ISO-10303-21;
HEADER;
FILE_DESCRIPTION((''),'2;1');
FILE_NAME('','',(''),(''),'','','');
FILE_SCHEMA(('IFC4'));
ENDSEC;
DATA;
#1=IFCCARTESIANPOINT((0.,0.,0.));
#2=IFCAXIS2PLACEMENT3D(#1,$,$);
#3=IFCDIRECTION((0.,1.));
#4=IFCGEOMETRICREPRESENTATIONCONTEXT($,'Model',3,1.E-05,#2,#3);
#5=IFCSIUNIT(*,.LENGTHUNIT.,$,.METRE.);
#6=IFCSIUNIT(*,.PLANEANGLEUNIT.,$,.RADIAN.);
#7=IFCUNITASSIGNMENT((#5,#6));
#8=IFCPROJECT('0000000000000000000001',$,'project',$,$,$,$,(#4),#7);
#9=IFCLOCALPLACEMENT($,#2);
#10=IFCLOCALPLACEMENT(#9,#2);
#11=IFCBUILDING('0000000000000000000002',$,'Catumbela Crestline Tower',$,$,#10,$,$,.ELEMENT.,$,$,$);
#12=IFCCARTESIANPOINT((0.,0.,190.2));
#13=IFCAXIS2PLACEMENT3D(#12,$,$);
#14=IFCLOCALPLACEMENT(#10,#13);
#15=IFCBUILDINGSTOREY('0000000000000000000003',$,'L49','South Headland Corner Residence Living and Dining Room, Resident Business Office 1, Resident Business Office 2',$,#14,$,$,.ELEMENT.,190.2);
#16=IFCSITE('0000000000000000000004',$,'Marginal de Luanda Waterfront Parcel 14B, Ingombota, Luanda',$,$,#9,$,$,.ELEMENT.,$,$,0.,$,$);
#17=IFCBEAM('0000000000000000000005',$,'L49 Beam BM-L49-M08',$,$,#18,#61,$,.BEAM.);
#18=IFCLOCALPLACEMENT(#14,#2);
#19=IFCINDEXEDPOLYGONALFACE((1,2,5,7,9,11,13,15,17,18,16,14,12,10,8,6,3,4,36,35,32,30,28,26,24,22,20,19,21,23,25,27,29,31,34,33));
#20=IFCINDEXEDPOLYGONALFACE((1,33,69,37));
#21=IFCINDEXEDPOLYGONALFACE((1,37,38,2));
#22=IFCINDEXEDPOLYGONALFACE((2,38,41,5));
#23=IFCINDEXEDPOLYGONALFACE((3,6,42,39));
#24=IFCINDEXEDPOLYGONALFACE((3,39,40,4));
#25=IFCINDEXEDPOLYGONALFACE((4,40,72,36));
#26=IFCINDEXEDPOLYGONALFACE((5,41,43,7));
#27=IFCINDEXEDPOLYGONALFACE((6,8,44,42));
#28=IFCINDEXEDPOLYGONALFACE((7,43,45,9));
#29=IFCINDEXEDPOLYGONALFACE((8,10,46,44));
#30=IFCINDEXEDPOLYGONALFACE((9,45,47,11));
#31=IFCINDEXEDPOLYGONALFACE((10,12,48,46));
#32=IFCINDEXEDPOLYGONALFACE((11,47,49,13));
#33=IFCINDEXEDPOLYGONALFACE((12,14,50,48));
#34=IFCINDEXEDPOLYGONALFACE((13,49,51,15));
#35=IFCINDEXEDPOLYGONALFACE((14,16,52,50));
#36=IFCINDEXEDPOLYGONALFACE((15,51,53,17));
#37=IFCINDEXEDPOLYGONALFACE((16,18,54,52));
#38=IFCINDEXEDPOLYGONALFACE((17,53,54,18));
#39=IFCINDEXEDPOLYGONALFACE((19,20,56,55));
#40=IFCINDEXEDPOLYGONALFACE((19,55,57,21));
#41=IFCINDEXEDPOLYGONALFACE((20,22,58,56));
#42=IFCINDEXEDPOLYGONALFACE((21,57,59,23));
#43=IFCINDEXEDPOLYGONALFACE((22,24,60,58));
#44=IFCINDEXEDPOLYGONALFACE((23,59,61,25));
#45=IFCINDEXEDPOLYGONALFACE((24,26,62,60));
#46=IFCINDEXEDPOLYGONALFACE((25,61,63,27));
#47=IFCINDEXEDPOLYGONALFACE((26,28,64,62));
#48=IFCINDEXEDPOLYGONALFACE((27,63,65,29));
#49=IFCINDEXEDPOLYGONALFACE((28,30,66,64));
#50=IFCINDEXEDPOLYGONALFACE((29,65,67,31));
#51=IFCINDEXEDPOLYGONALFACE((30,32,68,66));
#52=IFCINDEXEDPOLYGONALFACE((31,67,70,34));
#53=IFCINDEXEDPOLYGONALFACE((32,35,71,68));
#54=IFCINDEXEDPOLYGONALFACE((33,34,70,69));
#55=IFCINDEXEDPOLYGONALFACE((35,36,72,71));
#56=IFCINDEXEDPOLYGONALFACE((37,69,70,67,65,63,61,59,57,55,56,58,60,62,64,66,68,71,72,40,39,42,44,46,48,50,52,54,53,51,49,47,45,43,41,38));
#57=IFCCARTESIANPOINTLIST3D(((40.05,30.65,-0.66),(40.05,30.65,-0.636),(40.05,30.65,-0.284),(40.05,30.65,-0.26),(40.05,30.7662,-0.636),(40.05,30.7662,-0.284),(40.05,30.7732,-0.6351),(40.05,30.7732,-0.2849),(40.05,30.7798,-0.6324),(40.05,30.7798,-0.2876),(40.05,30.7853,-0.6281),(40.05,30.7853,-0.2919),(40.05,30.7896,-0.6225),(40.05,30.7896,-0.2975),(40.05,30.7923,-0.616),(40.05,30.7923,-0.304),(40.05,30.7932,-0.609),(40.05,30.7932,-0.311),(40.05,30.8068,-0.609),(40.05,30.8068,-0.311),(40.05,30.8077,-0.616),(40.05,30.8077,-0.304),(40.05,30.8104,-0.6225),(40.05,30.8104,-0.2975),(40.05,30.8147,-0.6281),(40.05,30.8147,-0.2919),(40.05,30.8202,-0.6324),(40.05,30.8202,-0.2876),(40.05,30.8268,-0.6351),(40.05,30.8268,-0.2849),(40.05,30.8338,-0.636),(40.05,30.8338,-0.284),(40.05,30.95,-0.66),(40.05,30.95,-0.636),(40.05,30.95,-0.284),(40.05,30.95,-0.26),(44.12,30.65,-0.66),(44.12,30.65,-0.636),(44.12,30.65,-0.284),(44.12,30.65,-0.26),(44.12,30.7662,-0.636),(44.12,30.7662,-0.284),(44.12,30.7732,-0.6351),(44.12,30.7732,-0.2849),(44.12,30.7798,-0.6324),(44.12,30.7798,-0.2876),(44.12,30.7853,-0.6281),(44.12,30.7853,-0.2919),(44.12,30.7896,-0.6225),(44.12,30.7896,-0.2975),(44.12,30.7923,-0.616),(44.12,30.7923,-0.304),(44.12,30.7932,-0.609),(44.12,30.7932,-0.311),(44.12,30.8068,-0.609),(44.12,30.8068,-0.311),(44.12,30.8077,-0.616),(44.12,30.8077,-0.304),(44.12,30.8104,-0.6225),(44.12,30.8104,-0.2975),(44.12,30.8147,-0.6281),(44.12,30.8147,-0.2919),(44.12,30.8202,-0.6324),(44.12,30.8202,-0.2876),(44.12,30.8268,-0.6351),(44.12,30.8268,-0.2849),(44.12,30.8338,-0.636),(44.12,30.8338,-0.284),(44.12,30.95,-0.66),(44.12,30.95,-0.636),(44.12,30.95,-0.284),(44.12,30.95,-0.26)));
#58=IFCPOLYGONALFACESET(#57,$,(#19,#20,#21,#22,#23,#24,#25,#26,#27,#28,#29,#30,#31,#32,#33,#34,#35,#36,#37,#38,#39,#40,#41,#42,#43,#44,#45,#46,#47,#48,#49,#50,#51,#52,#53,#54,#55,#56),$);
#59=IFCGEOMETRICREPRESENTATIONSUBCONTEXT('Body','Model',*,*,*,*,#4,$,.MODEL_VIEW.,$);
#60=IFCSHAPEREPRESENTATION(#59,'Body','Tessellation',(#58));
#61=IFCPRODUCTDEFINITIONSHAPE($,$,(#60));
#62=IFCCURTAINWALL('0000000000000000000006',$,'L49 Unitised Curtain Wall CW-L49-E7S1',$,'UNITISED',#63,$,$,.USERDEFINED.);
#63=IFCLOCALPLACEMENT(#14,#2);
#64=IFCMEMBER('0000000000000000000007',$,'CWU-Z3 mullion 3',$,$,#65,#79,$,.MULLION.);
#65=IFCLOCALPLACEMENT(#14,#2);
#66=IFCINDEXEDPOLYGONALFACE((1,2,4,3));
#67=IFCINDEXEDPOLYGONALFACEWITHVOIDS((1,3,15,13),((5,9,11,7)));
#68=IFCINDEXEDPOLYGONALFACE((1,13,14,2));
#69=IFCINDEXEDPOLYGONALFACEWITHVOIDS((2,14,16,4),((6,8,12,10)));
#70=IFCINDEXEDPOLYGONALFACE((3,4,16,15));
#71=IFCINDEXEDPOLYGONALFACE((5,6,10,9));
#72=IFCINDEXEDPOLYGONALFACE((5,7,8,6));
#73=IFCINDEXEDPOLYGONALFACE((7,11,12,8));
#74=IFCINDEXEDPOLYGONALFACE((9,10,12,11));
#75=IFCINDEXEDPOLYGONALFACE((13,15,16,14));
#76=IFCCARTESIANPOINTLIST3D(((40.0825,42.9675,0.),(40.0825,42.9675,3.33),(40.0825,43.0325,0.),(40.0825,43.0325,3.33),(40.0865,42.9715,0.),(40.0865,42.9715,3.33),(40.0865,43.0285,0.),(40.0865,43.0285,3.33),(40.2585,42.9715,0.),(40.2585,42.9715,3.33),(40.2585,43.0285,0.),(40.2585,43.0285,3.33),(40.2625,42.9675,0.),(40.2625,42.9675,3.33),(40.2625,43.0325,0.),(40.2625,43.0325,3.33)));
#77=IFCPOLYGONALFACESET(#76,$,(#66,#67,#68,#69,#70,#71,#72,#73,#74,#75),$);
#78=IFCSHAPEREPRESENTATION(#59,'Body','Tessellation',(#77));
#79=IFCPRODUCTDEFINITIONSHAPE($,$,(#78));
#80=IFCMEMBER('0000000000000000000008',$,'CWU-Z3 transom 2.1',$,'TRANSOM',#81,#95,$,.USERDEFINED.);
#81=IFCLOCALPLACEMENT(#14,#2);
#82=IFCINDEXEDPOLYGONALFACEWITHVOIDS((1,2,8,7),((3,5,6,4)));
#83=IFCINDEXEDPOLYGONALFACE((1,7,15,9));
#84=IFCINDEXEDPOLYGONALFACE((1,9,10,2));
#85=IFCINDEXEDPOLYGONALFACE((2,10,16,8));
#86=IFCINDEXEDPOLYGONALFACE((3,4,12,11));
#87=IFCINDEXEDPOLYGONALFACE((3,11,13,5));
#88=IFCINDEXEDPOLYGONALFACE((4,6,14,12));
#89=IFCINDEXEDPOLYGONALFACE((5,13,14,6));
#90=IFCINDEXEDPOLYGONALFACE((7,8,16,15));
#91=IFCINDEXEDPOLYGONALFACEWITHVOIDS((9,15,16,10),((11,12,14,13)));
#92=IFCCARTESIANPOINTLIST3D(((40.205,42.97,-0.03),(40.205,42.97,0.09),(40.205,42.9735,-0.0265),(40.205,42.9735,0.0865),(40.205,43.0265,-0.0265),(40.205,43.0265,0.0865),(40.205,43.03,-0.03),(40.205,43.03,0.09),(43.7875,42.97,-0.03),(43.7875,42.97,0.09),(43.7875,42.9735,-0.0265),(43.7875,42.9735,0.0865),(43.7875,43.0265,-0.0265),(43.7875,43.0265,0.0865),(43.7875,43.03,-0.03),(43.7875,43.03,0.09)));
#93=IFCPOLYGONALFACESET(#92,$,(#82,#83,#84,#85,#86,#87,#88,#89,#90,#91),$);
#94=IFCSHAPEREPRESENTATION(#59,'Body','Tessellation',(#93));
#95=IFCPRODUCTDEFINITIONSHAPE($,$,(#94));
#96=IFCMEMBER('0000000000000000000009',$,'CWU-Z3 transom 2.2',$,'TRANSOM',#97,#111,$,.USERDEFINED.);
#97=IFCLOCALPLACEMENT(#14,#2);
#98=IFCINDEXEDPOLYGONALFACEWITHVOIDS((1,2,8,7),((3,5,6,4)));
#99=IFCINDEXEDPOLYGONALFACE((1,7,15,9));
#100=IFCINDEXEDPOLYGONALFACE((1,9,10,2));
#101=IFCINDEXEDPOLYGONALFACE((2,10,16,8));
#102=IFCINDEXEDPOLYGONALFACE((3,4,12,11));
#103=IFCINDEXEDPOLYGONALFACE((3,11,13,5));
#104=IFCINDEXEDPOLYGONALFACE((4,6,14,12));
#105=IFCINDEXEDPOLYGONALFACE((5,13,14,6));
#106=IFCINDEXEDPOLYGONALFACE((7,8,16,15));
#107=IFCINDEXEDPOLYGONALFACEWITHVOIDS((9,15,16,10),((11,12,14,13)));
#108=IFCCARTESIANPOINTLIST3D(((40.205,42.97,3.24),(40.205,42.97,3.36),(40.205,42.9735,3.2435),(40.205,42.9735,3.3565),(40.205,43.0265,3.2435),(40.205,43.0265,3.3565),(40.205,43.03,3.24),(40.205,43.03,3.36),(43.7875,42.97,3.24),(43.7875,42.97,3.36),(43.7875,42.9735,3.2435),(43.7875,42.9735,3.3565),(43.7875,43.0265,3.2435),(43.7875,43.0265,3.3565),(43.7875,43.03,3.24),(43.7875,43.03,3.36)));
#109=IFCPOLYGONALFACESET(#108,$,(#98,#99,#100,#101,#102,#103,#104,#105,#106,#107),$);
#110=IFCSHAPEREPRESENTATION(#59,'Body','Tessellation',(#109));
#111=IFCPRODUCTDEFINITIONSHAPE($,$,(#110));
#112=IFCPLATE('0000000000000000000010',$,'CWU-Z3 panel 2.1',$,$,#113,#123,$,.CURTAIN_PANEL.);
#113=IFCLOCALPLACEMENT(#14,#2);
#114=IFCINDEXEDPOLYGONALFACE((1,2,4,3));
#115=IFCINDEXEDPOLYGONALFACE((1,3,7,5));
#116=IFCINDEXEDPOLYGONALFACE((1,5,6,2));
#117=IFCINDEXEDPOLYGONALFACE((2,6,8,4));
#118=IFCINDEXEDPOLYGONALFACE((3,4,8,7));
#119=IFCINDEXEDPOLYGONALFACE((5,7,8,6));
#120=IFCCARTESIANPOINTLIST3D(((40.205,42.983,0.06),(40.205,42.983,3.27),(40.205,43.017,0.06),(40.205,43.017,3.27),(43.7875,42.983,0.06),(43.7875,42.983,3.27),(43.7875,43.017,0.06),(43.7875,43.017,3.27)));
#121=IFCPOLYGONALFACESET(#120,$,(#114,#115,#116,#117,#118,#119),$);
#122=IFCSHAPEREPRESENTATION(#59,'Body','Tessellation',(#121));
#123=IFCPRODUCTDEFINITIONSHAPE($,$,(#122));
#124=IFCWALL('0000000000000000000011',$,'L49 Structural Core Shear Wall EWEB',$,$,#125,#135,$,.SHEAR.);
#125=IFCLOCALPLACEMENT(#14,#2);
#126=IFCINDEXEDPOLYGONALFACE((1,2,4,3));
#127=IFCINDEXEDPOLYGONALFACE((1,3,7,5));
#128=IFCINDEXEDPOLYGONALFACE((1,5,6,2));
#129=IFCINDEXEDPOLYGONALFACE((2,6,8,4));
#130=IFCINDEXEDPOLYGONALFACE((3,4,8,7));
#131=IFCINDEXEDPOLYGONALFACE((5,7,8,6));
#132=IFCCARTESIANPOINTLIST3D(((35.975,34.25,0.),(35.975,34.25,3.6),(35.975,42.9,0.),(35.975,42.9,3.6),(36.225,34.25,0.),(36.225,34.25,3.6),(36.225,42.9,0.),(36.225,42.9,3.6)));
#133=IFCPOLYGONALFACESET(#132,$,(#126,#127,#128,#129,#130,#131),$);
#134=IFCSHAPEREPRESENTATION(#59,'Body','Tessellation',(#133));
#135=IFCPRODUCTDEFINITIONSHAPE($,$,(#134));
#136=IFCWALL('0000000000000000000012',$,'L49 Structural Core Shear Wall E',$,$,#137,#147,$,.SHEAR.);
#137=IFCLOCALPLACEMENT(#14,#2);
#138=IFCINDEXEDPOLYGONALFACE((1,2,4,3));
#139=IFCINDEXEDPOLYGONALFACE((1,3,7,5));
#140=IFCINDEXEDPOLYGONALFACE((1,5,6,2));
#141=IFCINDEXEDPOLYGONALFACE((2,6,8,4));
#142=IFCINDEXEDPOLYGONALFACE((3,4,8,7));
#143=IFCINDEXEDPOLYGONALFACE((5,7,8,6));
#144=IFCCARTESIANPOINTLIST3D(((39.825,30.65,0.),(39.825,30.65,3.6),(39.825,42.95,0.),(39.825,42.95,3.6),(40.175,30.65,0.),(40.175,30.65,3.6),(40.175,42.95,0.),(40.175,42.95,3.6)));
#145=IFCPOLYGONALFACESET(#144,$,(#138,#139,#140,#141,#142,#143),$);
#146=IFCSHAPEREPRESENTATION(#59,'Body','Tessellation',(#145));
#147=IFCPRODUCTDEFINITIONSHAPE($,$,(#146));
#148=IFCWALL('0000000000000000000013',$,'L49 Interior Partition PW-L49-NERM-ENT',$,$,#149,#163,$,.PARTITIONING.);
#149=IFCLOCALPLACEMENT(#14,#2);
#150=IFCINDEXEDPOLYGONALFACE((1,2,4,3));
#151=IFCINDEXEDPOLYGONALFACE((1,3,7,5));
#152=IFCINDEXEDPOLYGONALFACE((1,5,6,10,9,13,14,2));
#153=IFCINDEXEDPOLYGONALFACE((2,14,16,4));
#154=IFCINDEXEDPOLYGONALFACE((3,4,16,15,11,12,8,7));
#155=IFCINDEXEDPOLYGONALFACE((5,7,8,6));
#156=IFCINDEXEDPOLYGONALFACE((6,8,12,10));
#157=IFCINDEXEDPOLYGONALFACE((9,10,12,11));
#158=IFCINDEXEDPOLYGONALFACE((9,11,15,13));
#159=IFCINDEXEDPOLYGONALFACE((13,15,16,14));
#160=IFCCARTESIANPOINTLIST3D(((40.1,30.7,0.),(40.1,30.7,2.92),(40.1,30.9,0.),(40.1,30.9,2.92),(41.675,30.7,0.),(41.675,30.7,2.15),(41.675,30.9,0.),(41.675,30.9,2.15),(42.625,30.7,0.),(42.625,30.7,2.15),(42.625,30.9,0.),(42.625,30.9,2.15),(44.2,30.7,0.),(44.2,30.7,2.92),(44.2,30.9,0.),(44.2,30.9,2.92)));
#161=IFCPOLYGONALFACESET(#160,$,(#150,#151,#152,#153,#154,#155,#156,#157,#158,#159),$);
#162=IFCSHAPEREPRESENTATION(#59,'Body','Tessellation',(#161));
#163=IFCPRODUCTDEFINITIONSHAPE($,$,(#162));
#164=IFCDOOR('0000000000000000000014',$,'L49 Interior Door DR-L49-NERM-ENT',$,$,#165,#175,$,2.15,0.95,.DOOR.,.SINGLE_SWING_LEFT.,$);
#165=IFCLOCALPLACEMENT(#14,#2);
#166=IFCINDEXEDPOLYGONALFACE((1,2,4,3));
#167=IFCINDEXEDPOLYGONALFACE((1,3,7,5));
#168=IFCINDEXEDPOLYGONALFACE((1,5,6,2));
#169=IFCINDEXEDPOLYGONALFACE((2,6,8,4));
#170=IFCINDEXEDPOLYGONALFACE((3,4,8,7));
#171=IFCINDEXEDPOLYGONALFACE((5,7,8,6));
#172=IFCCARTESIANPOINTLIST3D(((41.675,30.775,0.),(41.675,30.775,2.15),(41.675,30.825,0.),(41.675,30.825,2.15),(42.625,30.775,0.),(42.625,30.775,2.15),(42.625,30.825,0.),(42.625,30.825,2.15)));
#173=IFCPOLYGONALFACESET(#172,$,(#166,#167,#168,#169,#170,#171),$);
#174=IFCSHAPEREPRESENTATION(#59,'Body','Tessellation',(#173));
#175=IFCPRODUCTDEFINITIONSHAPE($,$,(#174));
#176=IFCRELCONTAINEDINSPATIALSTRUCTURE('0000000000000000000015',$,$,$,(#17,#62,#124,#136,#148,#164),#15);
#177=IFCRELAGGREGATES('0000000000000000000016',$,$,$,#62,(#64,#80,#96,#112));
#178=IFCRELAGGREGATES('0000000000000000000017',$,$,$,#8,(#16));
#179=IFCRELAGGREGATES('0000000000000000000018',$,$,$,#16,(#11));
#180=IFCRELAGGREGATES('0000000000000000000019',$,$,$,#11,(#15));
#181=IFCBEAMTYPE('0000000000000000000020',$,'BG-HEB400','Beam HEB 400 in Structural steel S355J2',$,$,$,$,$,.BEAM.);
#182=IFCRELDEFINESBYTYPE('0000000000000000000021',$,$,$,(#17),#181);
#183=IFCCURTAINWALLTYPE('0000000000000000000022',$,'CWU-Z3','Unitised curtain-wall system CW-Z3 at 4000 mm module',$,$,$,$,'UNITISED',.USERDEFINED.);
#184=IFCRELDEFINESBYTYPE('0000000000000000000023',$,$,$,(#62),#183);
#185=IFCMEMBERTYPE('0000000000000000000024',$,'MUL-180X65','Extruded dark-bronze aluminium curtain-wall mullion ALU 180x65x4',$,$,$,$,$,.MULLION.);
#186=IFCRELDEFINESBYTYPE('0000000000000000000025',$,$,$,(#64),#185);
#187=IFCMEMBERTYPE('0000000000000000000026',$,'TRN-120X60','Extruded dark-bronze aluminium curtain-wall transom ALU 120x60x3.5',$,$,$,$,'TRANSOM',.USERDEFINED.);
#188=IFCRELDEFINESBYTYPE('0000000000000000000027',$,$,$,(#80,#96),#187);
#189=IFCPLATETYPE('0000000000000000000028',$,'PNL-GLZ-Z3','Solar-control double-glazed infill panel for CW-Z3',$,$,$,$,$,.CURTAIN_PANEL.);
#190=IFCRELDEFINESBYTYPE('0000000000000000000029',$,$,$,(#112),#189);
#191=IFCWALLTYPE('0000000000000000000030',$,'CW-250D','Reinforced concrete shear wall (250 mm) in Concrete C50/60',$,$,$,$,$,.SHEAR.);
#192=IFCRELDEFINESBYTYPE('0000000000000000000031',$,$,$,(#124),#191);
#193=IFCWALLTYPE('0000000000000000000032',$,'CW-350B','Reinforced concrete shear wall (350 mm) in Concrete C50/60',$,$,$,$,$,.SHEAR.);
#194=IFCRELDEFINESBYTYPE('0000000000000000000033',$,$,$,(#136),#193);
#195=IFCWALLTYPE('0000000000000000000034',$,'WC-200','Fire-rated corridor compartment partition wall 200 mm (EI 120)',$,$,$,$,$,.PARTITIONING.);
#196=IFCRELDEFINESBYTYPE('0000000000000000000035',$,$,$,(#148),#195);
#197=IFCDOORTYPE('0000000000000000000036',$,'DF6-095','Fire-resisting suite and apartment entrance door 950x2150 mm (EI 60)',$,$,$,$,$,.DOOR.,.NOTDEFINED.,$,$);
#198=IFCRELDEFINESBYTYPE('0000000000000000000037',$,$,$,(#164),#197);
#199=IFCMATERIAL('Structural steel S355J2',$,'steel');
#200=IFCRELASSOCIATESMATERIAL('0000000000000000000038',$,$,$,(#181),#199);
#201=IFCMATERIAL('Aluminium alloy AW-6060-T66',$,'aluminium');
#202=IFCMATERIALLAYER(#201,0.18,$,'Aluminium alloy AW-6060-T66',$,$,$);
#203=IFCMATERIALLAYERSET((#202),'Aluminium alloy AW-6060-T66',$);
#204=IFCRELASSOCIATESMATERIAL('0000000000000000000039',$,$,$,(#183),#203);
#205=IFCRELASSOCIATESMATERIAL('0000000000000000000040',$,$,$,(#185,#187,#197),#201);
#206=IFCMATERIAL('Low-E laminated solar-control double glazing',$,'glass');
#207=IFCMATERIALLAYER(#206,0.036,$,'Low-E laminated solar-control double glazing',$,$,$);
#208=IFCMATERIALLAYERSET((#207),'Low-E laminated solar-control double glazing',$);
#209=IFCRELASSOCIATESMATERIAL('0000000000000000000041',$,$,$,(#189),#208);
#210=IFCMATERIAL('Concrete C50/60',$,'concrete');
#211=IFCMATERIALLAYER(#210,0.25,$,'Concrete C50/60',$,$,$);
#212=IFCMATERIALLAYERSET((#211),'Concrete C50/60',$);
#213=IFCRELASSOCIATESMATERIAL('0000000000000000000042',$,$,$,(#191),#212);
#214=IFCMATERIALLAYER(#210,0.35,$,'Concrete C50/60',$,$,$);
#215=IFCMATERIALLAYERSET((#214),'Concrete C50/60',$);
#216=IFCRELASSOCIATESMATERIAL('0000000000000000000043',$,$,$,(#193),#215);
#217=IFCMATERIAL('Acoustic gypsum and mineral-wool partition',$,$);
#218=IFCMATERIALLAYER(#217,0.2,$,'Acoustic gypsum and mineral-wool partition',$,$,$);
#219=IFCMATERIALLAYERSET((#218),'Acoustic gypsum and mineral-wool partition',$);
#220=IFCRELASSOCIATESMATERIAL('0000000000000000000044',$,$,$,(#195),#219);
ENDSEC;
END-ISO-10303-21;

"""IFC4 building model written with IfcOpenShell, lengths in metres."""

from ifc_helpers import new_model, si_unit, direction, frame, frame_2d, origin, origin_2d, place, context, subcontext, project, spatial, rectangle, hollow_rectangle, i_section, extrude, material, layer, layer_set, material_profile, profile_set, type_object, element, fill, aggregate, save


model = new_model("IFC4")

# Units and contexts
model_context = context("Model", 3, precision=1e-05, world=origin(), true_north=direction((0.0, 1.0)))
body_context = subcontext(model_context, "Body", "Model", "MODEL_VIEW")
ifc_project = project(units=[si_unit("LENGTHUNIT", "METRE"), si_unit("PLANEANGLEUNIT", "RADIAN")], contexts=[model_context])

# Site, building, storey
site_placement = place(None, origin())
site = spatial("IfcSite", under=ifc_project, at=site_placement, Name="Marginal de Luanda Waterfront Parcel 14B, Ingombota, Luanda", CompositionType="ELEMENT", RefElevation=0.0)
building_placement = place(site_placement, origin())
building = spatial("IfcBuilding", under=site, at=building_placement, Name="Catumbela Crestline Tower", CompositionType="ELEMENT")
storey_placement = place(building_placement, frame((0.0, 0.0, 190.2)))
storey = spatial("IfcBuildingStorey", under=building, at=storey_placement, Name="L49", Description="South Headland Corner Residence Living and Dining Room, Resident Business Office 1, Resident Business Office 2", CompositionType="ELEMENT", Elevation=190.2)

# Beam
ifc_material_1 = material(Name="Structural steel S355J2", Category="steel")
ifc_material_profile_1 = material_profile(ifc_material_1, i_section(OverallWidth=0.3, OverallDepth=0.4, WebThickness=0.0135, FlangeThickness=0.024, FilletRadius=0.027, at=origin_2d()), Name="HEB 400")
ifc_profile_set_1 = profile_set([ifc_material_profile_1], Name="Structural steel S355J2")
beam_type = type_object("IfcBeamType", Name="BG-HEB400", Description="Beam HEB 400 in Structural steel S355J2", PredefinedType="BEAM", material=ifc_profile_set_1)
beam_placement = place(storey_placement, frame((40.05, 30.8, -0.46), z_axis=(1.0, 0.0, 0.0), x_axis=(0.0, 1.0, 0.0)))
element("IfcBeam", 1, at=beam_placement, inside=storey, type_object=beam_type, Name="L49 Beam BM-L49-M08", PredefinedType="BEAM", context=body_context, shape_type="SweptSolid", body=[
    extrude(i_section(OverallWidth=0.3, OverallDepth=0.4, WebThickness=0.0135, FlangeThickness=0.024, FilletRadius=0.027, at=origin_2d()), origin(), (0.0, 0.0, 1.0), 4.07),
])

# Curtain wall, members, plate
ifc_material_2 = material(Name="Aluminium alloy AW-6060-T66", Category="aluminium")
ifc_layer_1 = layer(ifc_material_2, 0.18, Name="Aluminium alloy AW-6060-T66")
ifc_layer_set_1 = layer_set([ifc_layer_1], Name="Aluminium alloy AW-6060-T66")
curtain_wall_type = type_object("IfcCurtainWallType", Name="CWU-Z3", Description="Unitised curtain-wall system CW-Z3 at 4000 mm module", ElementType="UNITISED", PredefinedType="USERDEFINED", material=ifc_layer_set_1)
curtain_wall_placement = place(storey_placement, origin())
curtain_wall = element("IfcCurtainWall", 2, at=curtain_wall_placement, inside=storey, type_object=curtain_wall_type, Name="L49 Unitised Curtain Wall CW-L49-E7S1", ObjectType="UNITISED", PredefinedType="USERDEFINED")
ifc_material_profile_2 = material_profile(ifc_material_2, hollow_rectangle(XDim=0.065, YDim=0.18, WallThickness=0.004, at=origin_2d()), Name="ALU 180x65x4")
ifc_profile_set_2 = profile_set([ifc_material_profile_2], Name="Aluminium alloy AW-6060-T66")
member_type_1 = type_object("IfcMemberType", Name="MUL-180X65", Description="Extruded dark-bronze aluminium curtain-wall mullion ALU 180x65x4", PredefinedType="MULLION", material=ifc_profile_set_2)
member_1_placement = place(storey_placement, frame((40.1725, 43.0, 0.0), z_axis=(0.0, 0.0, 1.0), x_axis=(0.0, -1.0, 0.0)))
member_1 = element("IfcMember", 3, at=member_1_placement, type_object=member_type_1, Name="CWU-Z3 mullion 3", PredefinedType="MULLION", context=body_context, shape_type="SweptSolid", body=[
    extrude(hollow_rectangle(XDim=0.065, YDim=0.18, WallThickness=0.004, at=origin_2d()), origin(), (0.0, 0.0, 1.0), 3.33),
])
ifc_material_profile_3 = material_profile(ifc_material_2, hollow_rectangle(XDim=0.06, YDim=0.12, WallThickness=0.0035, at=origin_2d()), Name="ALU 120x60x3.5")
ifc_profile_set_3 = profile_set([ifc_material_profile_3], Name="Aluminium alloy AW-6060-T66")
member_type_2 = type_object("IfcMemberType", Name="TRN-120X60", Description="Extruded dark-bronze aluminium curtain-wall transom ALU 120x60x3.5", ElementType="TRANSOM", PredefinedType="USERDEFINED", material=ifc_profile_set_3)
member_2_placement = place(storey_placement, frame((43.7875, 43.0, 0.03), z_axis=(-1.0, 0.0, 0.0), x_axis=(0.0, -1.0, 0.0)))
member_2 = element("IfcMember", 4, at=member_2_placement, type_object=member_type_2, Name="CWU-Z3 transom 2.1", ObjectType="TRANSOM", PredefinedType="USERDEFINED", context=body_context, shape_type="SweptSolid", body=[
    extrude(hollow_rectangle(XDim=0.06, YDim=0.12, WallThickness=0.0035, at=origin_2d()), origin(), (0.0, 0.0, 1.0), 3.5825),
])
member_3_placement = place(storey_placement, frame((43.7875, 43.0, 3.3), z_axis=(-1.0, 0.0, 0.0), x_axis=(0.0, -1.0, 0.0)))
member_3 = element("IfcMember", 5, at=member_3_placement, type_object=member_type_2, Name="CWU-Z3 transom 2.2", ObjectType="TRANSOM", PredefinedType="USERDEFINED", context=body_context, shape_type="SweptSolid", body=[
    extrude(hollow_rectangle(XDim=0.06, YDim=0.12, WallThickness=0.0035, at=origin_2d()), origin(), (0.0, 0.0, 1.0), 3.5825),
])
ifc_material_3 = material(Name="Low-E laminated solar-control double glazing", Category="glass")
ifc_layer_2 = layer(ifc_material_3, 0.036, Name="Low-E laminated solar-control double glazing")
ifc_layer_set_2 = layer_set([ifc_layer_2], Name="Low-E laminated solar-control double glazing")
plate_type = type_object("IfcPlateType", Name="PNL-GLZ-Z3", Description="Solar-control double-glazed infill panel for CW-Z3", PredefinedType="CURTAIN_PANEL", material=ifc_layer_set_2)
plate_placement = place(storey_placement, frame((41.9963, 43.0, 0.06), z_axis=(0.0, 0.0, 1.0), x_axis=(-1.0, 0.0, 0.0)))
plate = element("IfcPlate", 6, at=plate_placement, type_object=plate_type, Name="CWU-Z3 panel 2.1", PredefinedType="CURTAIN_PANEL", context=body_context, shape_type="SweptSolid", body=[
    extrude(rectangle(XDim=3.5825, YDim=0.034, at=origin_2d()), origin(), (0.0, 0.0, 1.0), 3.21),
])
aggregate(curtain_wall, [member_1, member_2, member_3, plate])

# Walls
ifc_material_4 = material(Name="Concrete C50/60", Category="concrete")
ifc_layer_3 = layer(ifc_material_4, 0.25, Name="Concrete C50/60")
ifc_layer_set_3 = layer_set([ifc_layer_3], Name="Concrete C50/60")
wall_type_1 = type_object("IfcWallType", Name="CW-250D", Description="Reinforced concrete shear wall (250 mm) in Concrete C50/60", PredefinedType="SHEAR", material=ifc_layer_set_3)
wall_1_placement = place(storey_placement, frame((36.1, 34.25, 0.0), z_axis=(0.0, 0.0, 1.0), x_axis=(0.0, 1.0, 0.0)))
element("IfcWall", 7, at=wall_1_placement, inside=storey, type_object=wall_type_1, Name="L49 Structural Core Shear Wall EWEB", PredefinedType="SHEAR", context=body_context, shape_type="SweptSolid", body=[
    extrude(rectangle(XDim=8.65, YDim=0.25, at=frame_2d((4.325, 0.0))), origin(), (0.0, 0.0, 1.0), 3.6),
])
ifc_layer_4 = layer(ifc_material_4, 0.35, Name="Concrete C50/60")
ifc_layer_set_4 = layer_set([ifc_layer_4], Name="Concrete C50/60")
wall_type_2 = type_object("IfcWallType", Name="CW-350B", Description="Reinforced concrete shear wall (350 mm) in Concrete C50/60", PredefinedType="SHEAR", material=ifc_layer_set_4)
wall_2_placement = place(storey_placement, frame((40.0, 30.65, 0.0), z_axis=(0.0, 0.0, 1.0), x_axis=(0.0, 1.0, 0.0)))
element("IfcWall", 8, at=wall_2_placement, inside=storey, type_object=wall_type_2, Name="L49 Structural Core Shear Wall E", PredefinedType="SHEAR", context=body_context, shape_type="SweptSolid", body=[
    extrude(rectangle(XDim=12.3, YDim=0.35, at=frame_2d((6.15, 0.0))), origin(), (0.0, 0.0, 1.0), 3.6),
])

# Wall, opening, door
ifc_material_5 = material(Name="Acoustic gypsum and mineral-wool partition")
ifc_layer_5 = layer(ifc_material_5, 0.2, Name="Acoustic gypsum and mineral-wool partition")
ifc_layer_set_5 = layer_set([ifc_layer_5], Name="Acoustic gypsum and mineral-wool partition")
wall_type_3 = type_object("IfcWallType", Name="WC-200", Description="Fire-rated corridor compartment partition wall 200 mm (EI 120)", PredefinedType="PARTITIONING", material=ifc_layer_set_5)
wall_3_placement = place(storey_placement, frame((40.1, 30.8, 0.0), z_axis=(0.0, 0.0, 1.0), x_axis=(1.0, 0.0, 0.0)))
wall_3 = element("IfcWall", 9, at=wall_3_placement, inside=storey, type_object=wall_type_3, Name="L49 Interior Partition PW-L49-NERM-ENT", PredefinedType="PARTITIONING", context=body_context, shape_type="SweptSolid", body=[
    extrude(rectangle(XDim=4.1, YDim=0.2, at=frame_2d((2.05, 0.0))), origin(), (0.0, 0.0, 1.0), 2.92),
])
opening_1_placement = place(wall_3_placement, frame((1.575, 0.0, 0.0)))
opening_1 = element("IfcOpeningElement", 10, at=opening_1_placement, cuts=wall_3, PredefinedType="OPENING", context=body_context, shape_type="SweptSolid", body=[
    extrude(rectangle(XDim=0.95, YDim=2.15, at=frame_2d((0.475, 1.075))), frame((0.0, 0.11, 0.0), z_axis=(0.0, -1.0, 0.0), x_axis=(1.0, 0.0, 0.0)), (0.0, 0.0, 1.0), 0.22),
])
door_type_1 = type_object("IfcDoorType", Name="DF6-095", Description="Fire-resisting suite and apartment entrance door 950x2150 mm (EI 60)", OperationType="NOTDEFINED", PredefinedType="DOOR", material=ifc_material_2)
door_1_placement = place(opening_1_placement, origin())
door_1 = element("IfcDoor", 11, at=door_1_placement, inside=storey, type_object=door_type_1, Name="L49 Interior Door DR-L49-NERM-ENT", OperationType="SINGLE_SWING_LEFT", OverallHeight=2.15, OverallWidth=0.95, PredefinedType="DOOR", context=body_context, shape_type="SweptSolid", body=[
    extrude(rectangle(XDim=0.95, YDim=2.15, at=frame_2d((0.475, 1.075))), frame((0.0, 0.025, 0.0), z_axis=(0.0, -1.0, 0.0), x_axis=(1.0, 0.0, 0.0)), (0.0, 0.0, 1.0), 0.05),
])
fill(opening_1, door_1)

save(model, "model.ifc")
